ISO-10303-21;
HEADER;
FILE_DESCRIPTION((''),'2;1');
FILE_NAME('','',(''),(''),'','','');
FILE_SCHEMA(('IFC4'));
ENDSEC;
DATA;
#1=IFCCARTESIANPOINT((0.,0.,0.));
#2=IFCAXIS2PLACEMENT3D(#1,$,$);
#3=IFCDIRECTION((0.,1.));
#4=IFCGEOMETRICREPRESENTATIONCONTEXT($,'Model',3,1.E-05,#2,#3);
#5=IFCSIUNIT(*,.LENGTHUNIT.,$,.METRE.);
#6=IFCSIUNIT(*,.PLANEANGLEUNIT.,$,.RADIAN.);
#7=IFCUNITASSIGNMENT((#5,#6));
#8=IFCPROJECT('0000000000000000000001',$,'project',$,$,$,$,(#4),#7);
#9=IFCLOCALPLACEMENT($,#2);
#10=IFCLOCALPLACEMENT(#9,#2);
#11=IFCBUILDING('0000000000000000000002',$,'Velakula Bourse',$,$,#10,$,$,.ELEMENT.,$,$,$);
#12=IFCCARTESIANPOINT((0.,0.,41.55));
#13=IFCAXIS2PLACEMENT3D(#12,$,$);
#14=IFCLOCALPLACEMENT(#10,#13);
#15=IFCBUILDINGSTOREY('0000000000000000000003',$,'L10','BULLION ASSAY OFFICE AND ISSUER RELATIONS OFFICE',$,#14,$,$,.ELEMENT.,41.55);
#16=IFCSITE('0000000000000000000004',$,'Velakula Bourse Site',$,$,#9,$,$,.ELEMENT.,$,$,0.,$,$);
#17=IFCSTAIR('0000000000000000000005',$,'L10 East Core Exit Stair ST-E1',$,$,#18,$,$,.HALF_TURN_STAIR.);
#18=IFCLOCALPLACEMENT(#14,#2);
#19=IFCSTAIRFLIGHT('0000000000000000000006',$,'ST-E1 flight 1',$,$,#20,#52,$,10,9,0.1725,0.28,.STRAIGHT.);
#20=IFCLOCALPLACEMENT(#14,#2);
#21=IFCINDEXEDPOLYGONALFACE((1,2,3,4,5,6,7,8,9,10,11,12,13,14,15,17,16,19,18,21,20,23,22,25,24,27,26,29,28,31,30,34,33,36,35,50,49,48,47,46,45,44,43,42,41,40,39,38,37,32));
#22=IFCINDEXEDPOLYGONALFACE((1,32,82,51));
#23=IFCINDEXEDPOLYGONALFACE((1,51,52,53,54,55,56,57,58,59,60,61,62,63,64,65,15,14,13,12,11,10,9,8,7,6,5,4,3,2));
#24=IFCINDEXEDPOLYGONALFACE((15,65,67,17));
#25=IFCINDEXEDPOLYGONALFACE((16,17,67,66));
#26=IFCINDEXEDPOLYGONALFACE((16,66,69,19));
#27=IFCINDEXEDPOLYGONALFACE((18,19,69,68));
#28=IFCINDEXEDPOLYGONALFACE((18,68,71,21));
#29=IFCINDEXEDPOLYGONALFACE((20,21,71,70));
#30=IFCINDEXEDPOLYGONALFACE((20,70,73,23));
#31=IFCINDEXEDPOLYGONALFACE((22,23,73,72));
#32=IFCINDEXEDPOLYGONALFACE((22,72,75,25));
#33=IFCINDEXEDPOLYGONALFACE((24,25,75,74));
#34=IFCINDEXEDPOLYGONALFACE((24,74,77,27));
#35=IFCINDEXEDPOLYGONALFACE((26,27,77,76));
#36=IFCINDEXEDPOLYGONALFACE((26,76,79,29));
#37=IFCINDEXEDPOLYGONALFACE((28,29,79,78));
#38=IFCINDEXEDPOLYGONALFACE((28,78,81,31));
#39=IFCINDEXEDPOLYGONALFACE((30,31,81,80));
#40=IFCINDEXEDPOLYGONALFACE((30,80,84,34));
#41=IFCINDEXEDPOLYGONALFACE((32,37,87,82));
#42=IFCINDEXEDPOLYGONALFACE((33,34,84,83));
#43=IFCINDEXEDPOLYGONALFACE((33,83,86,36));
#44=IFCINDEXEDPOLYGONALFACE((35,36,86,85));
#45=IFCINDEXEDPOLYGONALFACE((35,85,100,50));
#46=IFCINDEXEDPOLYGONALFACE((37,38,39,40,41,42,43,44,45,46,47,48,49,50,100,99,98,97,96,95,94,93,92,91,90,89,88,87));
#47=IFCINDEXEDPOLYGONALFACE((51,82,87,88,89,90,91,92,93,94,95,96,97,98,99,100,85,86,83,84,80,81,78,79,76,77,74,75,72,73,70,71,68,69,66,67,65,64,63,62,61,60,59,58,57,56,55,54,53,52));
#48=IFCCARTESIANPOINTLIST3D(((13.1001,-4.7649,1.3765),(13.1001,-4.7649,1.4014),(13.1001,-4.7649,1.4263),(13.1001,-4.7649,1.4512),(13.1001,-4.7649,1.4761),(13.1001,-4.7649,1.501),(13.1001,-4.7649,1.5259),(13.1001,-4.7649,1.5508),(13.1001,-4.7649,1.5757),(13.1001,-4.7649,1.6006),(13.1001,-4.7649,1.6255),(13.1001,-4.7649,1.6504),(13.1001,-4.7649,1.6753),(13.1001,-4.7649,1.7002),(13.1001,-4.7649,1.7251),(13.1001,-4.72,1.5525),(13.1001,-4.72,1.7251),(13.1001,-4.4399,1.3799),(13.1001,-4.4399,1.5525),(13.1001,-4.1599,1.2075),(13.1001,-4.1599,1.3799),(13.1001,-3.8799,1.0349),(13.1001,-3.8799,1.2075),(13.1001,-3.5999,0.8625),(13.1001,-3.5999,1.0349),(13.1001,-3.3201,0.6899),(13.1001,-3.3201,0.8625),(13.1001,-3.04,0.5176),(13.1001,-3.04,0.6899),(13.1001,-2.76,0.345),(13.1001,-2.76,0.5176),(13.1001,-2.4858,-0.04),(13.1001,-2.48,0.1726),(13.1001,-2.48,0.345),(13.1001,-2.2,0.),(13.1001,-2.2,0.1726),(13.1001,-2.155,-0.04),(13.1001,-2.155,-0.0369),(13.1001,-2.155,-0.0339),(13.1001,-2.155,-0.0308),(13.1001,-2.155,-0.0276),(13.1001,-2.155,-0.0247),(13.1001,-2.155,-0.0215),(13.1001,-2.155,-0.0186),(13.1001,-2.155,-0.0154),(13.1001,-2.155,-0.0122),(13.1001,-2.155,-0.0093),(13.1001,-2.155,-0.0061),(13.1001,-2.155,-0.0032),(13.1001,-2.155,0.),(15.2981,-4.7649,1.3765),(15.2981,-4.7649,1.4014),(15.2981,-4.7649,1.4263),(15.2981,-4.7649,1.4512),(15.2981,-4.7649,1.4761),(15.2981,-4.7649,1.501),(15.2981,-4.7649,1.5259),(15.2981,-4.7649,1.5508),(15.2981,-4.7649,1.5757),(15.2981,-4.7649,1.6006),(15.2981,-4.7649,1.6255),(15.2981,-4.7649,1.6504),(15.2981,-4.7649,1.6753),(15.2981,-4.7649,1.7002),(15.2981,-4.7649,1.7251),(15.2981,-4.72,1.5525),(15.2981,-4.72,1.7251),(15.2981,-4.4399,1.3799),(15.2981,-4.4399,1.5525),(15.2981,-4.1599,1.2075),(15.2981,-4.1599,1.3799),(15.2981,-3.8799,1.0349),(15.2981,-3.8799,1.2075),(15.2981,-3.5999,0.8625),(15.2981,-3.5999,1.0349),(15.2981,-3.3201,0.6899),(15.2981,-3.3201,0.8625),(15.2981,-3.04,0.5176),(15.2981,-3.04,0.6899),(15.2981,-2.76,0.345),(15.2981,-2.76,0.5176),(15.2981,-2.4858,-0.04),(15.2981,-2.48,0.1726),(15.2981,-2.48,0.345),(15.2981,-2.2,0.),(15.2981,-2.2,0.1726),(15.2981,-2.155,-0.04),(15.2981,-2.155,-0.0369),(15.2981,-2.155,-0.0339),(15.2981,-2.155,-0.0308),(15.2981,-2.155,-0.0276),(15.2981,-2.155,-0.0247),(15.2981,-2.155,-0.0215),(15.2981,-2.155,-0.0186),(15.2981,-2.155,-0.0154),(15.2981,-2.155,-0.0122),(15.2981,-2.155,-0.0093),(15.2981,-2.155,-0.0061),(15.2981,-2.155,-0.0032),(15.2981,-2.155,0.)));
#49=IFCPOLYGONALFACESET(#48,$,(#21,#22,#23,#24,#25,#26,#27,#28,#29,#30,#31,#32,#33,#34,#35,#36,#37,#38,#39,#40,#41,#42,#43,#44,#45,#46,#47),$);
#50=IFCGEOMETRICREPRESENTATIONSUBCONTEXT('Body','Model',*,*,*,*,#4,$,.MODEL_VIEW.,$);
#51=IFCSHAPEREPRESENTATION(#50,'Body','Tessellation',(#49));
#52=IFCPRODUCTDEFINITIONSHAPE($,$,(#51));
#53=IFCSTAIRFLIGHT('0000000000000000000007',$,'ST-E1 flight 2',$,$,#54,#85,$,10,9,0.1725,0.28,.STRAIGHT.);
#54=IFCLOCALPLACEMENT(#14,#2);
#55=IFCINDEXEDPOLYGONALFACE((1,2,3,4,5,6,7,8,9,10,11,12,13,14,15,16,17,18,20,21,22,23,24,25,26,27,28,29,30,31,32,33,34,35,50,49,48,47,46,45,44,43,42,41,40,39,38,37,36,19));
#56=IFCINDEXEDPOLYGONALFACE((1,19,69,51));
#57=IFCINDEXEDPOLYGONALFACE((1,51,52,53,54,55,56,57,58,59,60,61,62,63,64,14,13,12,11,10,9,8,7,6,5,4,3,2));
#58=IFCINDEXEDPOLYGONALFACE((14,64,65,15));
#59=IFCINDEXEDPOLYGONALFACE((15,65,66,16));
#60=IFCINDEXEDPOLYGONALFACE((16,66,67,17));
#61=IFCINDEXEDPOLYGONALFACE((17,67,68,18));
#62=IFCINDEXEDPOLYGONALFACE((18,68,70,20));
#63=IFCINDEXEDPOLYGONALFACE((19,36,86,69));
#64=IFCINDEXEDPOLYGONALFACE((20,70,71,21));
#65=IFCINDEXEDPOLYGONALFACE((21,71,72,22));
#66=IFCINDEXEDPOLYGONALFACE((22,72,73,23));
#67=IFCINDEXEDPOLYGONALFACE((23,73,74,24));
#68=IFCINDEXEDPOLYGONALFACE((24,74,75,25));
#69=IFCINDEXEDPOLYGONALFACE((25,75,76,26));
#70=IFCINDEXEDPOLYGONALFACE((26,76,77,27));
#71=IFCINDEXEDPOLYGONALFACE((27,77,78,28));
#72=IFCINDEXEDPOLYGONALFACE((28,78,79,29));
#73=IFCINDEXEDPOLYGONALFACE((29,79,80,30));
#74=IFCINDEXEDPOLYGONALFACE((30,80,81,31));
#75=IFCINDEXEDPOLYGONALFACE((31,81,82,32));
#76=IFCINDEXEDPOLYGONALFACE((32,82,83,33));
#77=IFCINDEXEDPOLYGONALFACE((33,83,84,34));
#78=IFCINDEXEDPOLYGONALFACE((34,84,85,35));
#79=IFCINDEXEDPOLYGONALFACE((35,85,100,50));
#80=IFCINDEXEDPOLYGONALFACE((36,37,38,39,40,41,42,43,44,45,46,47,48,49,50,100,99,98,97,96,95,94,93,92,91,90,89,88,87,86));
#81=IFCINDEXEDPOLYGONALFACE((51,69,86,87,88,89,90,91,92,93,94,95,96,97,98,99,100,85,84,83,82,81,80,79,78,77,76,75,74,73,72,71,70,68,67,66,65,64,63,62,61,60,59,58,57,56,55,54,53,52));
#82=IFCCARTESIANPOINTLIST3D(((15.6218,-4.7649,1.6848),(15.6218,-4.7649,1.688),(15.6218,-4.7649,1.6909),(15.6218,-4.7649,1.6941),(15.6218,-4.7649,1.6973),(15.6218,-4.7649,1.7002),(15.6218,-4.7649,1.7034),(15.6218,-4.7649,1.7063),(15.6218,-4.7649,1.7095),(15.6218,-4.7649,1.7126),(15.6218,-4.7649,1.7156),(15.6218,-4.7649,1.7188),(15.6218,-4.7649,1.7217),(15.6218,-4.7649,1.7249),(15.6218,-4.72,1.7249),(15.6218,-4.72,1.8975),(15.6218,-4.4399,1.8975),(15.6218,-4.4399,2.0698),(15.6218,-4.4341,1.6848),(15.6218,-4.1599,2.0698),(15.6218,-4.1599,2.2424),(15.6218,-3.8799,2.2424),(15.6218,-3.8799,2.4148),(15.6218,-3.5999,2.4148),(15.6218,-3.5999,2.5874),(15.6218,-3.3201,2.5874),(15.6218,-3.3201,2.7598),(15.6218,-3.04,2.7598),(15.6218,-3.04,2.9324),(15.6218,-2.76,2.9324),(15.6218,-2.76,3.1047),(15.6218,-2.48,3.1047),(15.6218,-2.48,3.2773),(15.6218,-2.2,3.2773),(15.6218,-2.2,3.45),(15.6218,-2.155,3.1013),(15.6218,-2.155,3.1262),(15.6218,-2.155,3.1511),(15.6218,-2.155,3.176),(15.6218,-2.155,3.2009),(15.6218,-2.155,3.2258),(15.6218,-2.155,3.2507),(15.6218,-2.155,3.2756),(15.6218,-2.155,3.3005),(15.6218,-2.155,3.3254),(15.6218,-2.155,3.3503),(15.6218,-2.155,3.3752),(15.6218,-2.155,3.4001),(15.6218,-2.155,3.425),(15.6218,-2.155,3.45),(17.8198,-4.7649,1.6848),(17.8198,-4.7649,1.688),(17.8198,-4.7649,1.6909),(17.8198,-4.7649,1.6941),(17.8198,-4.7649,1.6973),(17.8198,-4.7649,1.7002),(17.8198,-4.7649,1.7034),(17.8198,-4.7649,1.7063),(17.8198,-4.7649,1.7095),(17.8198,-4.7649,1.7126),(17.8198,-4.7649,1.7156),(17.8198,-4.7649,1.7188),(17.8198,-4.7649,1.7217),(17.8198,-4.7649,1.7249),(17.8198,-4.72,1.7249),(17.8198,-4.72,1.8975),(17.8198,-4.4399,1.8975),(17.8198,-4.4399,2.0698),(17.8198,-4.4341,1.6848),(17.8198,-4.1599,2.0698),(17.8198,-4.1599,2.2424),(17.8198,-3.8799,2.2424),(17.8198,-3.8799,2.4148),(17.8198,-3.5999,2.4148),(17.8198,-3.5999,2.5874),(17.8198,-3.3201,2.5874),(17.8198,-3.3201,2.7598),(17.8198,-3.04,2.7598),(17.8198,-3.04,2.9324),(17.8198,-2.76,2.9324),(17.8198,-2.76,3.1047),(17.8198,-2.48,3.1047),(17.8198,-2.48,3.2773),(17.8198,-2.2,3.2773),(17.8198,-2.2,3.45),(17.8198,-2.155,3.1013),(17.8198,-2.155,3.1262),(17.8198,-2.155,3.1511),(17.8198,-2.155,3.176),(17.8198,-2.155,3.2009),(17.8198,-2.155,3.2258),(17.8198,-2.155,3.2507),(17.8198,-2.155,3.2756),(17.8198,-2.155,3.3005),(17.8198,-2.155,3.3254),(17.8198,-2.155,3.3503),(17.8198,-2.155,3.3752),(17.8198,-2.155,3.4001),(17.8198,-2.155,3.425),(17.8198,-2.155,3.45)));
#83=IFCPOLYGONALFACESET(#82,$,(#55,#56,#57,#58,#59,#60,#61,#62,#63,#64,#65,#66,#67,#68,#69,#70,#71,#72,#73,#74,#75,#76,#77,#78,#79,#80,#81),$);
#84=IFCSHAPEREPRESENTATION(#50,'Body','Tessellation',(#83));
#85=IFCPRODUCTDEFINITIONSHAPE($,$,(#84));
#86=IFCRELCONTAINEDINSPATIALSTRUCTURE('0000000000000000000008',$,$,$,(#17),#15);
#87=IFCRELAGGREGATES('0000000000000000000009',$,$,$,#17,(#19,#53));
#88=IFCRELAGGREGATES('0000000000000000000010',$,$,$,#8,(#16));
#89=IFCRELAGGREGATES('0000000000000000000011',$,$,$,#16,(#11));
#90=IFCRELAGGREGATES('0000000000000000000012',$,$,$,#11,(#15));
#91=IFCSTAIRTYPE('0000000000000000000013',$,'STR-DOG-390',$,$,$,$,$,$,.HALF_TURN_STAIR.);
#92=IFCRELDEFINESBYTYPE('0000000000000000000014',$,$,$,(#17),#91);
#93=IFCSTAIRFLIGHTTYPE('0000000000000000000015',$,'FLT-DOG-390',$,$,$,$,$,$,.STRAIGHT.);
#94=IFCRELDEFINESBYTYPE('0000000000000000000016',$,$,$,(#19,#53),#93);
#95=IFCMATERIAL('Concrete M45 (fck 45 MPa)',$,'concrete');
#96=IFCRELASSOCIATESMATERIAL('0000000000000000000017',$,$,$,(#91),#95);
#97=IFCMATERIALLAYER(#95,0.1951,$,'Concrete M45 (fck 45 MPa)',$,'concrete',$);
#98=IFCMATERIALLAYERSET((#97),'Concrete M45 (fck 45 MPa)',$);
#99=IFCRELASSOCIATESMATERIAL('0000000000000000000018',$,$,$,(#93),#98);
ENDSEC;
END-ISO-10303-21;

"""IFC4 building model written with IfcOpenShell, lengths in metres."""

from ifc_helpers import new_model, si_unit, direction, frame, origin, place, context, subcontext, project, spatial, polyline, outline, extrude, material, layer, layer_set, type_object, element, aggregate, save


model = new_model("IFC4")

# Units and contexts
model_context = context("Model", 3, precision=1e-05, world=origin(), true_north=direction((0.0, 1.0)))
body_context = subcontext(model_context, "Body", "Model", "MODEL_VIEW")
ifc_project = project(units=[si_unit("LENGTHUNIT", "METRE"), si_unit("PLANEANGLEUNIT", "RADIAN")], contexts=[model_context])

# Site, building, storey
site_placement = place(None, origin())
site = spatial("IfcSite", under=ifc_project, at=site_placement, Name="Velakula Bourse Site", CompositionType="ELEMENT", RefElevation=0.0)
building_placement = place(site_placement, origin())
building = spatial("IfcBuilding", under=site, at=building_placement, Name="Velakula Bourse", CompositionType="ELEMENT")
storey_placement = place(building_placement, frame((0.0, 0.0, 41.55)))
storey = spatial("IfcBuildingStorey", under=building, at=storey_placement, Name="L10", Description="BULLION ASSAY OFFICE AND ISSUER RELATIONS OFFICE", CompositionType="ELEMENT", Elevation=41.55)

# Stair, stair flights
ifc_material_1 = material(Name="Concrete M45 (fck 45 MPa)", Category="concrete")
stair_type = type_object("IfcStairType", Name="STR-DOG-390", PredefinedType="HALF_TURN_STAIR", material=ifc_material_1)
stair_placement = place(storey_placement, origin())
stair = element("IfcStair", 1, at=stair_placement, inside=storey, type_object=stair_type, Name="L10 East Core Exit Stair ST-E1", PredefinedType="HALF_TURN_STAIR")
ifc_layer_1 = layer(ifc_material_1, 0.1951, Name="Concrete M45 (fck 45 MPa)", Category="concrete")
ifc_layer_set_1 = layer_set([ifc_layer_1], Name="Concrete M45 (fck 45 MPa)")
stair_flight_type = type_object("IfcStairFlightType", Name="FLT-DOG-390", PredefinedType="STRAIGHT", material=ifc_layer_set_1)
stair_flight_1_placement = place(storey_placement, frame((14.199, -2.2, 0.0), z_axis=(0.0, 0.0, 1.0), x_axis=(0.0, -1.0, 0.0)))
stair_flight_1 = element("IfcStairFlight", 2, at=stair_flight_1_placement, type_object=stair_flight_type, Name="ST-E1 flight 1", NumberOfRisers=10, NumberOfTreads=9, PredefinedType="STRAIGHT", RiserHeight=0.1725, TreadLength=0.28, context=body_context, shape_type="SweptSolid", body=[
    extrude(outline(polyline([(-0.0449, -0.04), (-0.0449, -0.0369), (-0.0449, -0.0339), (-0.0449, -0.0308), (-0.0449, -0.0276), (-0.0449, -0.0247), (-0.0449, -0.0215), (-0.0449, -0.0186), (-0.0449, -0.0154), (-0.0449, -0.0122), (-0.0449, -0.0093), (-0.0449, -0.0061), (-0.0449, -0.0032), (-0.0449, 0.0), (0.0, 0.0), (0.0, 0.1726), (0.28, 0.1726), (0.28, 0.345), (0.5601, 0.345), (0.5601, 0.5176), (0.8401, 0.5176), (0.8401, 0.6899), (1.1201, 0.6899), (1.1201, 0.8625), (1.3999, 0.8625), (1.3999, 1.0349), (1.6799, 1.0349), (1.6799, 1.2075), (1.96, 1.2075), (1.96, 1.3799), (2.24, 1.3799), (2.24, 1.5525), (2.52, 1.5525), (2.52, 1.7251), (2.5649, 1.7251), (2.5649, 1.7002), (2.5649, 1.6753), (2.5649, 1.6504), (2.5649, 1.6255), (2.5649, 1.6006), (2.5649, 1.5757), (2.5649, 1.5508), (2.5649, 1.5259), (2.5649, 1.501), (2.5649, 1.4761), (2.5649, 1.4512), (2.5649, 1.4263), (2.5649, 1.4014), (2.5649, 1.3765), (0.2859, -0.04), (-0.0449, -0.04)])), frame((0.0, 1.0991, 0.0), z_axis=(0.0, -1.0, 0.0), x_axis=(1.0, 0.0, 0.0)), (0.0, 0.0, 1.0), 2.198),
])
stair_flight_2_placement = place(storey_placement, frame((16.7209, -4.72, 1.7249), z_axis=(0.0, 0.0, 1.0), x_axis=(0.0, 1.0, 0.0)))
stair_flight_2 = element("IfcStairFlight", 3, at=stair_flight_2_placement, type_object=stair_flight_type, Name="ST-E1 flight 2", NumberOfRisers=10, NumberOfTreads=9, PredefinedType="STRAIGHT", RiserHeight=0.1725, TreadLength=0.28, context=body_context, shape_type="SweptSolid", body=[
    extrude(outline(polyline([(-0.0449, -0.04), (-0.0449, -0.0369), (-0.0449, -0.0339), (-0.0449, -0.0308), (-0.0449, -0.0276), (-0.0449, -0.0247), (-0.0449, -0.0215), (-0.0449, -0.0186), (-0.0449, -0.0154), (-0.0449, -0.0122), (-0.0449, -0.0093), (-0.0449, -0.0061), (-0.0449, -0.0032), (-0.0449, 0.0), (0.0, 0.0), (0.0, 0.1726), (0.28, 0.1726), (0.28, 0.345), (0.5601, 0.345), (0.5601, 0.5176), (0.8401, 0.5176), (0.8401, 0.6899), (1.1201, 0.6899), (1.1201, 0.8625), (1.3999, 0.8625), (1.3999, 1.0349), (1.6799, 1.0349), (1.6799, 1.2075), (1.96, 1.2075), (1.96, 1.3799), (2.24, 1.3799), (2.24, 1.5525), (2.52, 1.5525), (2.52, 1.7251), (2.5649, 1.7251), (2.5649, 1.7002), (2.5649, 1.6753), (2.5649, 1.6504), (2.5649, 1.6255), (2.5649, 1.6006), (2.5649, 1.5757), (2.5649, 1.5508), (2.5649, 1.5259), (2.5649, 1.501), (2.5649, 1.4761), (2.5649, 1.4512), (2.5649, 1.4263), (2.5649, 1.4014), (2.5649, 1.3765), (0.2859, -0.04), (-0.0449, -0.04)])), frame((0.0, 1.0991, 0.0), z_axis=(0.0, -1.0, 0.0), x_axis=(1.0, 0.0, 0.0)), (0.0, 0.0, 1.0), 2.198),
])
aggregate(stair, [stair_flight_1, stair_flight_2])

save(model, "model.ifc")
